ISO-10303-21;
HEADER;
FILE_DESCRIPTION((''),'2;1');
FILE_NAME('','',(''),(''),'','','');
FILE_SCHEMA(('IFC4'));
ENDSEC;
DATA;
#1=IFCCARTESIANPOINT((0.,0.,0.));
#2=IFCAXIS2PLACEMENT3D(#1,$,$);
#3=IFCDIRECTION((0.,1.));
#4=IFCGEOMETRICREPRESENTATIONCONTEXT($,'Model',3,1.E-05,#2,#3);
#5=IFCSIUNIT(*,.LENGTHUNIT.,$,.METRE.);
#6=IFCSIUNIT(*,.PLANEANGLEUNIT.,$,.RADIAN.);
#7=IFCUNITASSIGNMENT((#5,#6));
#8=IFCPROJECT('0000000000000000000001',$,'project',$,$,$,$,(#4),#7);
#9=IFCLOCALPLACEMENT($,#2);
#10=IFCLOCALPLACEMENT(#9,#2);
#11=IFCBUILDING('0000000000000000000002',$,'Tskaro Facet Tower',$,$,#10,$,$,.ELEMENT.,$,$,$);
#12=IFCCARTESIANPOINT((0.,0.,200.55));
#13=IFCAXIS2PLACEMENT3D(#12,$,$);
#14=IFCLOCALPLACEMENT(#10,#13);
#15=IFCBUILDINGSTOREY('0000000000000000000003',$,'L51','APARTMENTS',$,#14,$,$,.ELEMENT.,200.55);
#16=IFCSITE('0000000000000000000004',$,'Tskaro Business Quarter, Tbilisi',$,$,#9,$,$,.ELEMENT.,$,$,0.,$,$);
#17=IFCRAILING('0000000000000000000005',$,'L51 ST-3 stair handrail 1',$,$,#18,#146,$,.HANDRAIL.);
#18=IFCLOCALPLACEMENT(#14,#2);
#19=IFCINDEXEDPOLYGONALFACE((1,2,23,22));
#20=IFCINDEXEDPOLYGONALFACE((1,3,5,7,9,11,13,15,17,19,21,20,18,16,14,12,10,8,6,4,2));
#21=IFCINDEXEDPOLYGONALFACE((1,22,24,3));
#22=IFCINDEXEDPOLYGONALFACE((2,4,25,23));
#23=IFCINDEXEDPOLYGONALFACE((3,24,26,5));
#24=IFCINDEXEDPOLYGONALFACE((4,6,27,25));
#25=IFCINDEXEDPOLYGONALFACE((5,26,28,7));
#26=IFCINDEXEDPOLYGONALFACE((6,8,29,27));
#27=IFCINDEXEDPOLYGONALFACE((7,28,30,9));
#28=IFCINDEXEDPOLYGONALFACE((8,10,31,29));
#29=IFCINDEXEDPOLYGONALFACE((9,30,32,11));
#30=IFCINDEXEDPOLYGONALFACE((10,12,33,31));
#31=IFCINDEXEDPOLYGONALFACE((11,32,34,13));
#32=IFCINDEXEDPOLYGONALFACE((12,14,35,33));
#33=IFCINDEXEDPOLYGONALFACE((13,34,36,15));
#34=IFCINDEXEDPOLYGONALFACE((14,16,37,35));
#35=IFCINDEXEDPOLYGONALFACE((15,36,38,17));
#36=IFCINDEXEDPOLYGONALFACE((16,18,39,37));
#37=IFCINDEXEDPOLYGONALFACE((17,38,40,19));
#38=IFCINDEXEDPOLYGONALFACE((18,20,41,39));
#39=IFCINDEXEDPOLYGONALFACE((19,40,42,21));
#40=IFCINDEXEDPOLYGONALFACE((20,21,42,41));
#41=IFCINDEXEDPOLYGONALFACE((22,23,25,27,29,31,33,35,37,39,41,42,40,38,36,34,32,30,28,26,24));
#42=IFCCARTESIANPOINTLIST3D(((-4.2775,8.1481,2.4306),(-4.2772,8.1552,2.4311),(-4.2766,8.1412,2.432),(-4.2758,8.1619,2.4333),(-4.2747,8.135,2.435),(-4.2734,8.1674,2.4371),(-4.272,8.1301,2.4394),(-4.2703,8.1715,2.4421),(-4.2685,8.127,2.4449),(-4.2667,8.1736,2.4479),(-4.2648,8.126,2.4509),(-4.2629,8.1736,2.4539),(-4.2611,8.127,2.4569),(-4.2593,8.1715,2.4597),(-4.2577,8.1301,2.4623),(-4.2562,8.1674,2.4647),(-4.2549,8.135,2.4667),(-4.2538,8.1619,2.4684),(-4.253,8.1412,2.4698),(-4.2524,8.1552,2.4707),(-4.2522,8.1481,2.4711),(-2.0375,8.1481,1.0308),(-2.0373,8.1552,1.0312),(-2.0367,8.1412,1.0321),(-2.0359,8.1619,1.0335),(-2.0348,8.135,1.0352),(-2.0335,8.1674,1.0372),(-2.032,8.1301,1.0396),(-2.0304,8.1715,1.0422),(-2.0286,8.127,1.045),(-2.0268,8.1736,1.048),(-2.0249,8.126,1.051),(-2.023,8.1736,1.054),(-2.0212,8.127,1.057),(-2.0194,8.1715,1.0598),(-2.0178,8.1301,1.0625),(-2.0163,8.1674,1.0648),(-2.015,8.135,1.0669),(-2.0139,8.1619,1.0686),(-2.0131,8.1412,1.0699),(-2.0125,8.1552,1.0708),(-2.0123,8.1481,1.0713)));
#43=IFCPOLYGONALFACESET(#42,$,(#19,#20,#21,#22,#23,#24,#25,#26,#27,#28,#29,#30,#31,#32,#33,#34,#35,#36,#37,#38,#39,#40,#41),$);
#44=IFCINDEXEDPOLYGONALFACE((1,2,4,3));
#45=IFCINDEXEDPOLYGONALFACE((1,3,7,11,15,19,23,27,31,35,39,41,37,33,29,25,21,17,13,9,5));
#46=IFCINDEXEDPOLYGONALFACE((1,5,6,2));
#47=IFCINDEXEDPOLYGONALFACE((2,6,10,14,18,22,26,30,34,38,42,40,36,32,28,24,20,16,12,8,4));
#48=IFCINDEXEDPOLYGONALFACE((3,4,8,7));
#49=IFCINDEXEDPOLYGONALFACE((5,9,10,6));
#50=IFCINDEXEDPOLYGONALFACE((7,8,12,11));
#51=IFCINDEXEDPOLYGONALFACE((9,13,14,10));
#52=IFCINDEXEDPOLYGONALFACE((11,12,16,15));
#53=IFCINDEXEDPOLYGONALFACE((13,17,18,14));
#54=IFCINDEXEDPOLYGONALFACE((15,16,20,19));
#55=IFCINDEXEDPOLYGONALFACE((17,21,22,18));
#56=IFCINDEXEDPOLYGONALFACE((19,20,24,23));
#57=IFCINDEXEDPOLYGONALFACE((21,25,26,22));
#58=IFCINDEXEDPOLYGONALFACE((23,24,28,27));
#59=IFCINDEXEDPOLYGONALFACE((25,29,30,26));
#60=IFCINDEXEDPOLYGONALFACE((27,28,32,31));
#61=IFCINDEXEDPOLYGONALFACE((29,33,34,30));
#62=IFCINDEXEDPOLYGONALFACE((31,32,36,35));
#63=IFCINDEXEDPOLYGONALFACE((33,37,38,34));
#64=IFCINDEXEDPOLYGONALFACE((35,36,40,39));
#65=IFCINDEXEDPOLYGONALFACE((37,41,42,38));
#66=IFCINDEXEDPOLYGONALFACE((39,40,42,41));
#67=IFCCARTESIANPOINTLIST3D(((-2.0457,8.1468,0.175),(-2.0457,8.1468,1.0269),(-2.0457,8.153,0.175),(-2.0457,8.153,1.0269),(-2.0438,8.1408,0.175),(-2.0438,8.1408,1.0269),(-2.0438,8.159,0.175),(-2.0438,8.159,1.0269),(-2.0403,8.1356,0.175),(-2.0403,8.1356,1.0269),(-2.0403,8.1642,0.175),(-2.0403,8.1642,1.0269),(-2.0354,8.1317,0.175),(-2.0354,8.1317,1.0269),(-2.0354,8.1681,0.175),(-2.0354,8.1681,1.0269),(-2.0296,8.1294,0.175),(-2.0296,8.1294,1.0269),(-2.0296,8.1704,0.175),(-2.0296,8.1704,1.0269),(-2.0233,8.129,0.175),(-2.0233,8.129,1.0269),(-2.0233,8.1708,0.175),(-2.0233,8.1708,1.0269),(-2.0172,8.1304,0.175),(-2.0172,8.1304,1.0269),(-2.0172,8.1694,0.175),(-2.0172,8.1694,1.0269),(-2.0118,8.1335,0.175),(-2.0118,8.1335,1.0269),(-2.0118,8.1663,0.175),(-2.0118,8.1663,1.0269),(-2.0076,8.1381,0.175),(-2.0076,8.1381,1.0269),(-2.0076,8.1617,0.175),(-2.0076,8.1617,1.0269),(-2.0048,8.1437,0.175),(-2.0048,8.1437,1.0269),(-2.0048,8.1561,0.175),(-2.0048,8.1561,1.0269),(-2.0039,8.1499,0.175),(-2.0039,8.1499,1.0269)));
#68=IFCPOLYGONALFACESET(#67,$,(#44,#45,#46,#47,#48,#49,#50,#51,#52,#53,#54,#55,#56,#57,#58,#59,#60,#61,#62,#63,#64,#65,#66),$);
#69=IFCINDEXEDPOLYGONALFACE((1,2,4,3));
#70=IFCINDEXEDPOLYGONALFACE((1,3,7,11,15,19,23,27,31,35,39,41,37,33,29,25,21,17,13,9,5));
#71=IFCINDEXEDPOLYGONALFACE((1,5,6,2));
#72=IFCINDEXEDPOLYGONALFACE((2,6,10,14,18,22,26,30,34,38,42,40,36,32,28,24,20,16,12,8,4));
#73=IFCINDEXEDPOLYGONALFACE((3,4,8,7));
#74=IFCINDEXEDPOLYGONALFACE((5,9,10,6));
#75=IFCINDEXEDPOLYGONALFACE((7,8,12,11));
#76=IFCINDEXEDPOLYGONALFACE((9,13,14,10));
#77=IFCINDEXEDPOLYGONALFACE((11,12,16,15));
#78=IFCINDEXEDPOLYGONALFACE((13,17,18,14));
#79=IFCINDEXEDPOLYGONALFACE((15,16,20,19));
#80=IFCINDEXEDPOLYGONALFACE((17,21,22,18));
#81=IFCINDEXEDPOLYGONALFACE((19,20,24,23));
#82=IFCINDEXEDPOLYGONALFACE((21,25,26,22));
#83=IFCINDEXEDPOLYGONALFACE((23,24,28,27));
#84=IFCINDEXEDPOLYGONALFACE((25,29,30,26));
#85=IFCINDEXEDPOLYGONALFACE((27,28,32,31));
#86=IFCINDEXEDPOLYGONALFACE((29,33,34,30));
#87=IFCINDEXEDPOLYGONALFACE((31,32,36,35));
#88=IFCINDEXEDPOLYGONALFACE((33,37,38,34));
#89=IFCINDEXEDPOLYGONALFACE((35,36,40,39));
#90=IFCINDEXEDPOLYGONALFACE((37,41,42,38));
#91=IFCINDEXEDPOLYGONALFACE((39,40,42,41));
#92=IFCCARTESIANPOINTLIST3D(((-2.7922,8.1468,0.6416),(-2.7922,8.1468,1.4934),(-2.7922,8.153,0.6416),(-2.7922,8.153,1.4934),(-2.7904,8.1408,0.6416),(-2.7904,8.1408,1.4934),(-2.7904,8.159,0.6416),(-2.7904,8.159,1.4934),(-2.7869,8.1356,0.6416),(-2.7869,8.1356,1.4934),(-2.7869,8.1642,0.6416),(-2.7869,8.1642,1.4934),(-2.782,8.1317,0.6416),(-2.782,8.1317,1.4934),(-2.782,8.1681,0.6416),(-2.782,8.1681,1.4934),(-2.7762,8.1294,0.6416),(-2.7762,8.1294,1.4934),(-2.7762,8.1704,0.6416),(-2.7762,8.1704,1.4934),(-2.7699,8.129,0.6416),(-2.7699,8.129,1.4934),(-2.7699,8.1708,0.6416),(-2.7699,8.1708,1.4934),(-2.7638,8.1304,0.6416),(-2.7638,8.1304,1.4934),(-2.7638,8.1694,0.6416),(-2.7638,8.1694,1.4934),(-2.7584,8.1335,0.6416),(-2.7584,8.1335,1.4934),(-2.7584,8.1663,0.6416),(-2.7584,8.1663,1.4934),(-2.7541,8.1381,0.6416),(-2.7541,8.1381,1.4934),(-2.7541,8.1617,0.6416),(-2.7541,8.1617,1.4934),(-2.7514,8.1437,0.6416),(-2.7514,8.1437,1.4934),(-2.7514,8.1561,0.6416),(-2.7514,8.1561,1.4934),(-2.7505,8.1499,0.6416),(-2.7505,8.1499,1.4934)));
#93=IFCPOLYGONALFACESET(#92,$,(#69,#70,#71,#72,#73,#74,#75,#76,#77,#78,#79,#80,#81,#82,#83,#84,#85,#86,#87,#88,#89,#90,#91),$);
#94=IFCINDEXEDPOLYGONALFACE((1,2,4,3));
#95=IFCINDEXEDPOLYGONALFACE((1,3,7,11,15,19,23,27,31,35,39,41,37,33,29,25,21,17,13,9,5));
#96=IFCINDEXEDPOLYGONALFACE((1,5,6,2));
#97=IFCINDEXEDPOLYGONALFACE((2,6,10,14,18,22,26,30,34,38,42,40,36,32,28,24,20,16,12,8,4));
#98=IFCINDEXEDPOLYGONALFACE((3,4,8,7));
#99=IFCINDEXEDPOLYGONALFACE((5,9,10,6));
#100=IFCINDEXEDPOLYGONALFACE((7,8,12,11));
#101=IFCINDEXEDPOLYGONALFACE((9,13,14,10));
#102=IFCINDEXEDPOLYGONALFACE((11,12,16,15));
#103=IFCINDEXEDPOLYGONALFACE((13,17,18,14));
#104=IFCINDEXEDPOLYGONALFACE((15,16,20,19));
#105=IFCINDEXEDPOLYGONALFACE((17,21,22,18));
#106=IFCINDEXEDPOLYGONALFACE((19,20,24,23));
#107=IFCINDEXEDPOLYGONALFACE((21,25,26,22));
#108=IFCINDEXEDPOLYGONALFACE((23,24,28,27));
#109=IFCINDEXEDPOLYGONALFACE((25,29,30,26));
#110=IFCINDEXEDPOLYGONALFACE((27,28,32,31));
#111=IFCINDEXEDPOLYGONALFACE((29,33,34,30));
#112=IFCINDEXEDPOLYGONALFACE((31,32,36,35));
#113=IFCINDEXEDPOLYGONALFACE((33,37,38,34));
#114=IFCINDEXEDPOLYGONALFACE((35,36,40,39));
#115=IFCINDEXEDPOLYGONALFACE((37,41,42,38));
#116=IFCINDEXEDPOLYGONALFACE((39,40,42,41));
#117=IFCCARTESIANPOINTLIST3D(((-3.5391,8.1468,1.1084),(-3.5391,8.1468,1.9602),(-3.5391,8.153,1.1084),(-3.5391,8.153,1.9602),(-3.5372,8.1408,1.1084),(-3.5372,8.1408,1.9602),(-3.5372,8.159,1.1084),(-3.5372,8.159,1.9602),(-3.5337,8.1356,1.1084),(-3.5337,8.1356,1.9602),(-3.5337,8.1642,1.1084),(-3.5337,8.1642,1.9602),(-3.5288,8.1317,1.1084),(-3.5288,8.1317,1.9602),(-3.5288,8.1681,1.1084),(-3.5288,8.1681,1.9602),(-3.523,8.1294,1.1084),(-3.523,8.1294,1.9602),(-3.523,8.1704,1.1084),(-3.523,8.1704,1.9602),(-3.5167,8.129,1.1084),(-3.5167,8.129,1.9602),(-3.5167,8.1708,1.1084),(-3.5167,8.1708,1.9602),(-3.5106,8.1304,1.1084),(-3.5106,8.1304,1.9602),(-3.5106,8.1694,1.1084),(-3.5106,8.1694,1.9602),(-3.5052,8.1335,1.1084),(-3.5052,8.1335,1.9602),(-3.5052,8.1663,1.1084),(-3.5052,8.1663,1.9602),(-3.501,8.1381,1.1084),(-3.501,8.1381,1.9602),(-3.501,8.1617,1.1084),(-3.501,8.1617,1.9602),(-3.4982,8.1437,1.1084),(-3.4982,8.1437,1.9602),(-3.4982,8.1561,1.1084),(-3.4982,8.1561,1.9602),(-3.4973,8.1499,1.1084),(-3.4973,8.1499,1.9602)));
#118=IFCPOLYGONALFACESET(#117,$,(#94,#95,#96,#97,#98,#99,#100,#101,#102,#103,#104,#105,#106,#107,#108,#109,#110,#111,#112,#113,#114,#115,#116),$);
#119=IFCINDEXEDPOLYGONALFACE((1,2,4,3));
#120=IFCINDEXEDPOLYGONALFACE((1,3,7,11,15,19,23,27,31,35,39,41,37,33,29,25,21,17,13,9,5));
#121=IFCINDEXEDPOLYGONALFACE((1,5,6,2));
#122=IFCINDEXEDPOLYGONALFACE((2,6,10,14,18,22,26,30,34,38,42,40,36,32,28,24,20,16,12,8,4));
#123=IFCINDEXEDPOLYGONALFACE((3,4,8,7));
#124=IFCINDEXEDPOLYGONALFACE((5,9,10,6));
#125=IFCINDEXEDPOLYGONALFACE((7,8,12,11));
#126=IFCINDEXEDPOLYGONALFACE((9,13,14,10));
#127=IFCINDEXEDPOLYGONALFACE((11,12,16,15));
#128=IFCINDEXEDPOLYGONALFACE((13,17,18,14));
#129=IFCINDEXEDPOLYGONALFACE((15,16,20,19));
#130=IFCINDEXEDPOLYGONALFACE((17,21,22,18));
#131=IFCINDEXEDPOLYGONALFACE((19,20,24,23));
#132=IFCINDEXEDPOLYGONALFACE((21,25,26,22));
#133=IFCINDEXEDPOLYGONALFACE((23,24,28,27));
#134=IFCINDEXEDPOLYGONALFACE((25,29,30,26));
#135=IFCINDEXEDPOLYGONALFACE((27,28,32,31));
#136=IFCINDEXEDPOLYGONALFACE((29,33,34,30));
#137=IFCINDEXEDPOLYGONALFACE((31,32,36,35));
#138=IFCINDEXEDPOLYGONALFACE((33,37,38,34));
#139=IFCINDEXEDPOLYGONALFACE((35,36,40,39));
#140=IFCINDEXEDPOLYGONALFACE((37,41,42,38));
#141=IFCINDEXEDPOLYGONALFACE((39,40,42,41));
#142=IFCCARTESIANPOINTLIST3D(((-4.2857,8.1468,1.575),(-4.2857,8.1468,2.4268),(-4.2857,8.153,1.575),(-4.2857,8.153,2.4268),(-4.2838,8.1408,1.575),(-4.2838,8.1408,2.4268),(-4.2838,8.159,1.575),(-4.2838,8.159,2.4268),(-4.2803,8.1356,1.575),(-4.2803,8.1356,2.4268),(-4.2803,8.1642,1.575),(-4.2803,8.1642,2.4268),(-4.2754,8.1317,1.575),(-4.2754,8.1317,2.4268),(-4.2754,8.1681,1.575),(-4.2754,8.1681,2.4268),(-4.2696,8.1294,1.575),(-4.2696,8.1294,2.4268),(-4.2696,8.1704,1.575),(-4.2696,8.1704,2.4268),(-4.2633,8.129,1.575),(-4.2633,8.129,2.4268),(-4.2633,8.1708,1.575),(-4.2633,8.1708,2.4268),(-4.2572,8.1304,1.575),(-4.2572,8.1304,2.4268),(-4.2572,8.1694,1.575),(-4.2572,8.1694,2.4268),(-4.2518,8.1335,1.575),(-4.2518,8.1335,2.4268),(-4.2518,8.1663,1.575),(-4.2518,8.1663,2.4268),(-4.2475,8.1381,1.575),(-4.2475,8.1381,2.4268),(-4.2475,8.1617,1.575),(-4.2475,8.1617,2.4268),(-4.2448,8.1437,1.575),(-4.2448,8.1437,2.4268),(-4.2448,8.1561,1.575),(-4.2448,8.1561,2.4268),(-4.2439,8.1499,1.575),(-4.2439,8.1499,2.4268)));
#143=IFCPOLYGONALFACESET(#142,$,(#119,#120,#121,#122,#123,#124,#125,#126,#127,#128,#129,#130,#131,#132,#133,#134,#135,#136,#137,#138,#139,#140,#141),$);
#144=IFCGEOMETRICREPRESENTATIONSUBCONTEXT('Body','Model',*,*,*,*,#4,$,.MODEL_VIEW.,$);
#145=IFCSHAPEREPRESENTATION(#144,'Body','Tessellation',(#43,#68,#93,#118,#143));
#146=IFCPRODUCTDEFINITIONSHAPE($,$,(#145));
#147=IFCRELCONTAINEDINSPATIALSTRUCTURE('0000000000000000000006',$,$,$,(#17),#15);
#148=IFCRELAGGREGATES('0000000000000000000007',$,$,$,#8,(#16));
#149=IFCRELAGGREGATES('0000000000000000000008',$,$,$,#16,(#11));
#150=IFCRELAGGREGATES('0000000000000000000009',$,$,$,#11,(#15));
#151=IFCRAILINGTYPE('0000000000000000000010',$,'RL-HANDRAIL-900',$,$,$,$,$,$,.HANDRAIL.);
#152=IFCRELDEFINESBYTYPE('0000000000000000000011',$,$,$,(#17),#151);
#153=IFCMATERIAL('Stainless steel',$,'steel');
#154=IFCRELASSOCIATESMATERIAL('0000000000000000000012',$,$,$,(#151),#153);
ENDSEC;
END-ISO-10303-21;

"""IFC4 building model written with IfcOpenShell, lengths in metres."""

from ifc_helpers import new_model, si_unit, direction, frame, origin, origin_2d, place, context, subcontext, project, spatial, circle, extrude, material, type_object, element, save


model = new_model("IFC4")

# Units and contexts
model_context = context("Model", 3, precision=1e-05, world=origin(), true_north=direction((0.0, 1.0)))
body_context = subcontext(model_context, "Body", "Model", "MODEL_VIEW")
ifc_project = project(units=[si_unit("LENGTHUNIT", "METRE"), si_unit("PLANEANGLEUNIT", "RADIAN")], contexts=[model_context])

# Site, building, storey
site_placement = place(None, origin())
site = spatial("IfcSite", under=ifc_project, at=site_placement, Name="Tskaro Business Quarter, Tbilisi", CompositionType="ELEMENT", RefElevation=0.0)
building_placement = place(site_placement, origin())
building = spatial("IfcBuilding", under=site, at=building_placement, Name="Tskaro Facet Tower", CompositionType="ELEMENT")
storey_placement = place(building_placement, frame((0.0, 0.0, 200.55)))
storey = spatial("IfcBuildingStorey", under=building, at=storey_placement, Name="L51", Description="APARTMENTS", CompositionType="ELEMENT", Elevation=200.55)

# Railing
ifc_material_1 = material(Name="Stainless steel", Category="steel")
railing_type_1 = type_object("IfcRailingType", Name="RL-HANDRAIL-900", PredefinedType="HANDRAIL", material=ifc_material_1)
railing_1_placement = place(storey_placement, frame((-2.0249, 8.1499, 0.175)))
element("IfcRailing", 1, at=railing_1_placement, inside=storey, type_object=railing_type_1, Name="L51 ST-3 stair handrail 1", PredefinedType="HANDRAIL", context=body_context, shape_type="SweptSolid", body=[
    extrude(circle(Radius=0.0239, at=origin_2d()), frame((0.0, 0.0, 0.876), z_axis=(-0.848014, 0.0, 0.529974), x_axis=(0.0, -1.0, 0.0)), (0.0, 0.0, 1.0), 2.6414),
    extrude(circle(Radius=0.021, at=origin_2d()), origin(), (0.0, 0.0, 1.0), 0.8518),
    extrude(circle(Radius=0.021, at=origin_2d()), frame((-0.7466, 0.0, 0.4666)), (0.0, 0.0, 1.0), 0.8518),
    extrude(circle(Radius=0.021, at=origin_2d()), frame((-1.4934, 0.0, 0.9333)), (0.0, 0.0, 1.0), 0.8518),
    extrude(circle(Radius=0.021, at=origin_2d()), frame((-2.24, 0.0, 1.3999)), (0.0, 0.0, 1.0), 0.8518),
])

save(model, "model.ifc")
